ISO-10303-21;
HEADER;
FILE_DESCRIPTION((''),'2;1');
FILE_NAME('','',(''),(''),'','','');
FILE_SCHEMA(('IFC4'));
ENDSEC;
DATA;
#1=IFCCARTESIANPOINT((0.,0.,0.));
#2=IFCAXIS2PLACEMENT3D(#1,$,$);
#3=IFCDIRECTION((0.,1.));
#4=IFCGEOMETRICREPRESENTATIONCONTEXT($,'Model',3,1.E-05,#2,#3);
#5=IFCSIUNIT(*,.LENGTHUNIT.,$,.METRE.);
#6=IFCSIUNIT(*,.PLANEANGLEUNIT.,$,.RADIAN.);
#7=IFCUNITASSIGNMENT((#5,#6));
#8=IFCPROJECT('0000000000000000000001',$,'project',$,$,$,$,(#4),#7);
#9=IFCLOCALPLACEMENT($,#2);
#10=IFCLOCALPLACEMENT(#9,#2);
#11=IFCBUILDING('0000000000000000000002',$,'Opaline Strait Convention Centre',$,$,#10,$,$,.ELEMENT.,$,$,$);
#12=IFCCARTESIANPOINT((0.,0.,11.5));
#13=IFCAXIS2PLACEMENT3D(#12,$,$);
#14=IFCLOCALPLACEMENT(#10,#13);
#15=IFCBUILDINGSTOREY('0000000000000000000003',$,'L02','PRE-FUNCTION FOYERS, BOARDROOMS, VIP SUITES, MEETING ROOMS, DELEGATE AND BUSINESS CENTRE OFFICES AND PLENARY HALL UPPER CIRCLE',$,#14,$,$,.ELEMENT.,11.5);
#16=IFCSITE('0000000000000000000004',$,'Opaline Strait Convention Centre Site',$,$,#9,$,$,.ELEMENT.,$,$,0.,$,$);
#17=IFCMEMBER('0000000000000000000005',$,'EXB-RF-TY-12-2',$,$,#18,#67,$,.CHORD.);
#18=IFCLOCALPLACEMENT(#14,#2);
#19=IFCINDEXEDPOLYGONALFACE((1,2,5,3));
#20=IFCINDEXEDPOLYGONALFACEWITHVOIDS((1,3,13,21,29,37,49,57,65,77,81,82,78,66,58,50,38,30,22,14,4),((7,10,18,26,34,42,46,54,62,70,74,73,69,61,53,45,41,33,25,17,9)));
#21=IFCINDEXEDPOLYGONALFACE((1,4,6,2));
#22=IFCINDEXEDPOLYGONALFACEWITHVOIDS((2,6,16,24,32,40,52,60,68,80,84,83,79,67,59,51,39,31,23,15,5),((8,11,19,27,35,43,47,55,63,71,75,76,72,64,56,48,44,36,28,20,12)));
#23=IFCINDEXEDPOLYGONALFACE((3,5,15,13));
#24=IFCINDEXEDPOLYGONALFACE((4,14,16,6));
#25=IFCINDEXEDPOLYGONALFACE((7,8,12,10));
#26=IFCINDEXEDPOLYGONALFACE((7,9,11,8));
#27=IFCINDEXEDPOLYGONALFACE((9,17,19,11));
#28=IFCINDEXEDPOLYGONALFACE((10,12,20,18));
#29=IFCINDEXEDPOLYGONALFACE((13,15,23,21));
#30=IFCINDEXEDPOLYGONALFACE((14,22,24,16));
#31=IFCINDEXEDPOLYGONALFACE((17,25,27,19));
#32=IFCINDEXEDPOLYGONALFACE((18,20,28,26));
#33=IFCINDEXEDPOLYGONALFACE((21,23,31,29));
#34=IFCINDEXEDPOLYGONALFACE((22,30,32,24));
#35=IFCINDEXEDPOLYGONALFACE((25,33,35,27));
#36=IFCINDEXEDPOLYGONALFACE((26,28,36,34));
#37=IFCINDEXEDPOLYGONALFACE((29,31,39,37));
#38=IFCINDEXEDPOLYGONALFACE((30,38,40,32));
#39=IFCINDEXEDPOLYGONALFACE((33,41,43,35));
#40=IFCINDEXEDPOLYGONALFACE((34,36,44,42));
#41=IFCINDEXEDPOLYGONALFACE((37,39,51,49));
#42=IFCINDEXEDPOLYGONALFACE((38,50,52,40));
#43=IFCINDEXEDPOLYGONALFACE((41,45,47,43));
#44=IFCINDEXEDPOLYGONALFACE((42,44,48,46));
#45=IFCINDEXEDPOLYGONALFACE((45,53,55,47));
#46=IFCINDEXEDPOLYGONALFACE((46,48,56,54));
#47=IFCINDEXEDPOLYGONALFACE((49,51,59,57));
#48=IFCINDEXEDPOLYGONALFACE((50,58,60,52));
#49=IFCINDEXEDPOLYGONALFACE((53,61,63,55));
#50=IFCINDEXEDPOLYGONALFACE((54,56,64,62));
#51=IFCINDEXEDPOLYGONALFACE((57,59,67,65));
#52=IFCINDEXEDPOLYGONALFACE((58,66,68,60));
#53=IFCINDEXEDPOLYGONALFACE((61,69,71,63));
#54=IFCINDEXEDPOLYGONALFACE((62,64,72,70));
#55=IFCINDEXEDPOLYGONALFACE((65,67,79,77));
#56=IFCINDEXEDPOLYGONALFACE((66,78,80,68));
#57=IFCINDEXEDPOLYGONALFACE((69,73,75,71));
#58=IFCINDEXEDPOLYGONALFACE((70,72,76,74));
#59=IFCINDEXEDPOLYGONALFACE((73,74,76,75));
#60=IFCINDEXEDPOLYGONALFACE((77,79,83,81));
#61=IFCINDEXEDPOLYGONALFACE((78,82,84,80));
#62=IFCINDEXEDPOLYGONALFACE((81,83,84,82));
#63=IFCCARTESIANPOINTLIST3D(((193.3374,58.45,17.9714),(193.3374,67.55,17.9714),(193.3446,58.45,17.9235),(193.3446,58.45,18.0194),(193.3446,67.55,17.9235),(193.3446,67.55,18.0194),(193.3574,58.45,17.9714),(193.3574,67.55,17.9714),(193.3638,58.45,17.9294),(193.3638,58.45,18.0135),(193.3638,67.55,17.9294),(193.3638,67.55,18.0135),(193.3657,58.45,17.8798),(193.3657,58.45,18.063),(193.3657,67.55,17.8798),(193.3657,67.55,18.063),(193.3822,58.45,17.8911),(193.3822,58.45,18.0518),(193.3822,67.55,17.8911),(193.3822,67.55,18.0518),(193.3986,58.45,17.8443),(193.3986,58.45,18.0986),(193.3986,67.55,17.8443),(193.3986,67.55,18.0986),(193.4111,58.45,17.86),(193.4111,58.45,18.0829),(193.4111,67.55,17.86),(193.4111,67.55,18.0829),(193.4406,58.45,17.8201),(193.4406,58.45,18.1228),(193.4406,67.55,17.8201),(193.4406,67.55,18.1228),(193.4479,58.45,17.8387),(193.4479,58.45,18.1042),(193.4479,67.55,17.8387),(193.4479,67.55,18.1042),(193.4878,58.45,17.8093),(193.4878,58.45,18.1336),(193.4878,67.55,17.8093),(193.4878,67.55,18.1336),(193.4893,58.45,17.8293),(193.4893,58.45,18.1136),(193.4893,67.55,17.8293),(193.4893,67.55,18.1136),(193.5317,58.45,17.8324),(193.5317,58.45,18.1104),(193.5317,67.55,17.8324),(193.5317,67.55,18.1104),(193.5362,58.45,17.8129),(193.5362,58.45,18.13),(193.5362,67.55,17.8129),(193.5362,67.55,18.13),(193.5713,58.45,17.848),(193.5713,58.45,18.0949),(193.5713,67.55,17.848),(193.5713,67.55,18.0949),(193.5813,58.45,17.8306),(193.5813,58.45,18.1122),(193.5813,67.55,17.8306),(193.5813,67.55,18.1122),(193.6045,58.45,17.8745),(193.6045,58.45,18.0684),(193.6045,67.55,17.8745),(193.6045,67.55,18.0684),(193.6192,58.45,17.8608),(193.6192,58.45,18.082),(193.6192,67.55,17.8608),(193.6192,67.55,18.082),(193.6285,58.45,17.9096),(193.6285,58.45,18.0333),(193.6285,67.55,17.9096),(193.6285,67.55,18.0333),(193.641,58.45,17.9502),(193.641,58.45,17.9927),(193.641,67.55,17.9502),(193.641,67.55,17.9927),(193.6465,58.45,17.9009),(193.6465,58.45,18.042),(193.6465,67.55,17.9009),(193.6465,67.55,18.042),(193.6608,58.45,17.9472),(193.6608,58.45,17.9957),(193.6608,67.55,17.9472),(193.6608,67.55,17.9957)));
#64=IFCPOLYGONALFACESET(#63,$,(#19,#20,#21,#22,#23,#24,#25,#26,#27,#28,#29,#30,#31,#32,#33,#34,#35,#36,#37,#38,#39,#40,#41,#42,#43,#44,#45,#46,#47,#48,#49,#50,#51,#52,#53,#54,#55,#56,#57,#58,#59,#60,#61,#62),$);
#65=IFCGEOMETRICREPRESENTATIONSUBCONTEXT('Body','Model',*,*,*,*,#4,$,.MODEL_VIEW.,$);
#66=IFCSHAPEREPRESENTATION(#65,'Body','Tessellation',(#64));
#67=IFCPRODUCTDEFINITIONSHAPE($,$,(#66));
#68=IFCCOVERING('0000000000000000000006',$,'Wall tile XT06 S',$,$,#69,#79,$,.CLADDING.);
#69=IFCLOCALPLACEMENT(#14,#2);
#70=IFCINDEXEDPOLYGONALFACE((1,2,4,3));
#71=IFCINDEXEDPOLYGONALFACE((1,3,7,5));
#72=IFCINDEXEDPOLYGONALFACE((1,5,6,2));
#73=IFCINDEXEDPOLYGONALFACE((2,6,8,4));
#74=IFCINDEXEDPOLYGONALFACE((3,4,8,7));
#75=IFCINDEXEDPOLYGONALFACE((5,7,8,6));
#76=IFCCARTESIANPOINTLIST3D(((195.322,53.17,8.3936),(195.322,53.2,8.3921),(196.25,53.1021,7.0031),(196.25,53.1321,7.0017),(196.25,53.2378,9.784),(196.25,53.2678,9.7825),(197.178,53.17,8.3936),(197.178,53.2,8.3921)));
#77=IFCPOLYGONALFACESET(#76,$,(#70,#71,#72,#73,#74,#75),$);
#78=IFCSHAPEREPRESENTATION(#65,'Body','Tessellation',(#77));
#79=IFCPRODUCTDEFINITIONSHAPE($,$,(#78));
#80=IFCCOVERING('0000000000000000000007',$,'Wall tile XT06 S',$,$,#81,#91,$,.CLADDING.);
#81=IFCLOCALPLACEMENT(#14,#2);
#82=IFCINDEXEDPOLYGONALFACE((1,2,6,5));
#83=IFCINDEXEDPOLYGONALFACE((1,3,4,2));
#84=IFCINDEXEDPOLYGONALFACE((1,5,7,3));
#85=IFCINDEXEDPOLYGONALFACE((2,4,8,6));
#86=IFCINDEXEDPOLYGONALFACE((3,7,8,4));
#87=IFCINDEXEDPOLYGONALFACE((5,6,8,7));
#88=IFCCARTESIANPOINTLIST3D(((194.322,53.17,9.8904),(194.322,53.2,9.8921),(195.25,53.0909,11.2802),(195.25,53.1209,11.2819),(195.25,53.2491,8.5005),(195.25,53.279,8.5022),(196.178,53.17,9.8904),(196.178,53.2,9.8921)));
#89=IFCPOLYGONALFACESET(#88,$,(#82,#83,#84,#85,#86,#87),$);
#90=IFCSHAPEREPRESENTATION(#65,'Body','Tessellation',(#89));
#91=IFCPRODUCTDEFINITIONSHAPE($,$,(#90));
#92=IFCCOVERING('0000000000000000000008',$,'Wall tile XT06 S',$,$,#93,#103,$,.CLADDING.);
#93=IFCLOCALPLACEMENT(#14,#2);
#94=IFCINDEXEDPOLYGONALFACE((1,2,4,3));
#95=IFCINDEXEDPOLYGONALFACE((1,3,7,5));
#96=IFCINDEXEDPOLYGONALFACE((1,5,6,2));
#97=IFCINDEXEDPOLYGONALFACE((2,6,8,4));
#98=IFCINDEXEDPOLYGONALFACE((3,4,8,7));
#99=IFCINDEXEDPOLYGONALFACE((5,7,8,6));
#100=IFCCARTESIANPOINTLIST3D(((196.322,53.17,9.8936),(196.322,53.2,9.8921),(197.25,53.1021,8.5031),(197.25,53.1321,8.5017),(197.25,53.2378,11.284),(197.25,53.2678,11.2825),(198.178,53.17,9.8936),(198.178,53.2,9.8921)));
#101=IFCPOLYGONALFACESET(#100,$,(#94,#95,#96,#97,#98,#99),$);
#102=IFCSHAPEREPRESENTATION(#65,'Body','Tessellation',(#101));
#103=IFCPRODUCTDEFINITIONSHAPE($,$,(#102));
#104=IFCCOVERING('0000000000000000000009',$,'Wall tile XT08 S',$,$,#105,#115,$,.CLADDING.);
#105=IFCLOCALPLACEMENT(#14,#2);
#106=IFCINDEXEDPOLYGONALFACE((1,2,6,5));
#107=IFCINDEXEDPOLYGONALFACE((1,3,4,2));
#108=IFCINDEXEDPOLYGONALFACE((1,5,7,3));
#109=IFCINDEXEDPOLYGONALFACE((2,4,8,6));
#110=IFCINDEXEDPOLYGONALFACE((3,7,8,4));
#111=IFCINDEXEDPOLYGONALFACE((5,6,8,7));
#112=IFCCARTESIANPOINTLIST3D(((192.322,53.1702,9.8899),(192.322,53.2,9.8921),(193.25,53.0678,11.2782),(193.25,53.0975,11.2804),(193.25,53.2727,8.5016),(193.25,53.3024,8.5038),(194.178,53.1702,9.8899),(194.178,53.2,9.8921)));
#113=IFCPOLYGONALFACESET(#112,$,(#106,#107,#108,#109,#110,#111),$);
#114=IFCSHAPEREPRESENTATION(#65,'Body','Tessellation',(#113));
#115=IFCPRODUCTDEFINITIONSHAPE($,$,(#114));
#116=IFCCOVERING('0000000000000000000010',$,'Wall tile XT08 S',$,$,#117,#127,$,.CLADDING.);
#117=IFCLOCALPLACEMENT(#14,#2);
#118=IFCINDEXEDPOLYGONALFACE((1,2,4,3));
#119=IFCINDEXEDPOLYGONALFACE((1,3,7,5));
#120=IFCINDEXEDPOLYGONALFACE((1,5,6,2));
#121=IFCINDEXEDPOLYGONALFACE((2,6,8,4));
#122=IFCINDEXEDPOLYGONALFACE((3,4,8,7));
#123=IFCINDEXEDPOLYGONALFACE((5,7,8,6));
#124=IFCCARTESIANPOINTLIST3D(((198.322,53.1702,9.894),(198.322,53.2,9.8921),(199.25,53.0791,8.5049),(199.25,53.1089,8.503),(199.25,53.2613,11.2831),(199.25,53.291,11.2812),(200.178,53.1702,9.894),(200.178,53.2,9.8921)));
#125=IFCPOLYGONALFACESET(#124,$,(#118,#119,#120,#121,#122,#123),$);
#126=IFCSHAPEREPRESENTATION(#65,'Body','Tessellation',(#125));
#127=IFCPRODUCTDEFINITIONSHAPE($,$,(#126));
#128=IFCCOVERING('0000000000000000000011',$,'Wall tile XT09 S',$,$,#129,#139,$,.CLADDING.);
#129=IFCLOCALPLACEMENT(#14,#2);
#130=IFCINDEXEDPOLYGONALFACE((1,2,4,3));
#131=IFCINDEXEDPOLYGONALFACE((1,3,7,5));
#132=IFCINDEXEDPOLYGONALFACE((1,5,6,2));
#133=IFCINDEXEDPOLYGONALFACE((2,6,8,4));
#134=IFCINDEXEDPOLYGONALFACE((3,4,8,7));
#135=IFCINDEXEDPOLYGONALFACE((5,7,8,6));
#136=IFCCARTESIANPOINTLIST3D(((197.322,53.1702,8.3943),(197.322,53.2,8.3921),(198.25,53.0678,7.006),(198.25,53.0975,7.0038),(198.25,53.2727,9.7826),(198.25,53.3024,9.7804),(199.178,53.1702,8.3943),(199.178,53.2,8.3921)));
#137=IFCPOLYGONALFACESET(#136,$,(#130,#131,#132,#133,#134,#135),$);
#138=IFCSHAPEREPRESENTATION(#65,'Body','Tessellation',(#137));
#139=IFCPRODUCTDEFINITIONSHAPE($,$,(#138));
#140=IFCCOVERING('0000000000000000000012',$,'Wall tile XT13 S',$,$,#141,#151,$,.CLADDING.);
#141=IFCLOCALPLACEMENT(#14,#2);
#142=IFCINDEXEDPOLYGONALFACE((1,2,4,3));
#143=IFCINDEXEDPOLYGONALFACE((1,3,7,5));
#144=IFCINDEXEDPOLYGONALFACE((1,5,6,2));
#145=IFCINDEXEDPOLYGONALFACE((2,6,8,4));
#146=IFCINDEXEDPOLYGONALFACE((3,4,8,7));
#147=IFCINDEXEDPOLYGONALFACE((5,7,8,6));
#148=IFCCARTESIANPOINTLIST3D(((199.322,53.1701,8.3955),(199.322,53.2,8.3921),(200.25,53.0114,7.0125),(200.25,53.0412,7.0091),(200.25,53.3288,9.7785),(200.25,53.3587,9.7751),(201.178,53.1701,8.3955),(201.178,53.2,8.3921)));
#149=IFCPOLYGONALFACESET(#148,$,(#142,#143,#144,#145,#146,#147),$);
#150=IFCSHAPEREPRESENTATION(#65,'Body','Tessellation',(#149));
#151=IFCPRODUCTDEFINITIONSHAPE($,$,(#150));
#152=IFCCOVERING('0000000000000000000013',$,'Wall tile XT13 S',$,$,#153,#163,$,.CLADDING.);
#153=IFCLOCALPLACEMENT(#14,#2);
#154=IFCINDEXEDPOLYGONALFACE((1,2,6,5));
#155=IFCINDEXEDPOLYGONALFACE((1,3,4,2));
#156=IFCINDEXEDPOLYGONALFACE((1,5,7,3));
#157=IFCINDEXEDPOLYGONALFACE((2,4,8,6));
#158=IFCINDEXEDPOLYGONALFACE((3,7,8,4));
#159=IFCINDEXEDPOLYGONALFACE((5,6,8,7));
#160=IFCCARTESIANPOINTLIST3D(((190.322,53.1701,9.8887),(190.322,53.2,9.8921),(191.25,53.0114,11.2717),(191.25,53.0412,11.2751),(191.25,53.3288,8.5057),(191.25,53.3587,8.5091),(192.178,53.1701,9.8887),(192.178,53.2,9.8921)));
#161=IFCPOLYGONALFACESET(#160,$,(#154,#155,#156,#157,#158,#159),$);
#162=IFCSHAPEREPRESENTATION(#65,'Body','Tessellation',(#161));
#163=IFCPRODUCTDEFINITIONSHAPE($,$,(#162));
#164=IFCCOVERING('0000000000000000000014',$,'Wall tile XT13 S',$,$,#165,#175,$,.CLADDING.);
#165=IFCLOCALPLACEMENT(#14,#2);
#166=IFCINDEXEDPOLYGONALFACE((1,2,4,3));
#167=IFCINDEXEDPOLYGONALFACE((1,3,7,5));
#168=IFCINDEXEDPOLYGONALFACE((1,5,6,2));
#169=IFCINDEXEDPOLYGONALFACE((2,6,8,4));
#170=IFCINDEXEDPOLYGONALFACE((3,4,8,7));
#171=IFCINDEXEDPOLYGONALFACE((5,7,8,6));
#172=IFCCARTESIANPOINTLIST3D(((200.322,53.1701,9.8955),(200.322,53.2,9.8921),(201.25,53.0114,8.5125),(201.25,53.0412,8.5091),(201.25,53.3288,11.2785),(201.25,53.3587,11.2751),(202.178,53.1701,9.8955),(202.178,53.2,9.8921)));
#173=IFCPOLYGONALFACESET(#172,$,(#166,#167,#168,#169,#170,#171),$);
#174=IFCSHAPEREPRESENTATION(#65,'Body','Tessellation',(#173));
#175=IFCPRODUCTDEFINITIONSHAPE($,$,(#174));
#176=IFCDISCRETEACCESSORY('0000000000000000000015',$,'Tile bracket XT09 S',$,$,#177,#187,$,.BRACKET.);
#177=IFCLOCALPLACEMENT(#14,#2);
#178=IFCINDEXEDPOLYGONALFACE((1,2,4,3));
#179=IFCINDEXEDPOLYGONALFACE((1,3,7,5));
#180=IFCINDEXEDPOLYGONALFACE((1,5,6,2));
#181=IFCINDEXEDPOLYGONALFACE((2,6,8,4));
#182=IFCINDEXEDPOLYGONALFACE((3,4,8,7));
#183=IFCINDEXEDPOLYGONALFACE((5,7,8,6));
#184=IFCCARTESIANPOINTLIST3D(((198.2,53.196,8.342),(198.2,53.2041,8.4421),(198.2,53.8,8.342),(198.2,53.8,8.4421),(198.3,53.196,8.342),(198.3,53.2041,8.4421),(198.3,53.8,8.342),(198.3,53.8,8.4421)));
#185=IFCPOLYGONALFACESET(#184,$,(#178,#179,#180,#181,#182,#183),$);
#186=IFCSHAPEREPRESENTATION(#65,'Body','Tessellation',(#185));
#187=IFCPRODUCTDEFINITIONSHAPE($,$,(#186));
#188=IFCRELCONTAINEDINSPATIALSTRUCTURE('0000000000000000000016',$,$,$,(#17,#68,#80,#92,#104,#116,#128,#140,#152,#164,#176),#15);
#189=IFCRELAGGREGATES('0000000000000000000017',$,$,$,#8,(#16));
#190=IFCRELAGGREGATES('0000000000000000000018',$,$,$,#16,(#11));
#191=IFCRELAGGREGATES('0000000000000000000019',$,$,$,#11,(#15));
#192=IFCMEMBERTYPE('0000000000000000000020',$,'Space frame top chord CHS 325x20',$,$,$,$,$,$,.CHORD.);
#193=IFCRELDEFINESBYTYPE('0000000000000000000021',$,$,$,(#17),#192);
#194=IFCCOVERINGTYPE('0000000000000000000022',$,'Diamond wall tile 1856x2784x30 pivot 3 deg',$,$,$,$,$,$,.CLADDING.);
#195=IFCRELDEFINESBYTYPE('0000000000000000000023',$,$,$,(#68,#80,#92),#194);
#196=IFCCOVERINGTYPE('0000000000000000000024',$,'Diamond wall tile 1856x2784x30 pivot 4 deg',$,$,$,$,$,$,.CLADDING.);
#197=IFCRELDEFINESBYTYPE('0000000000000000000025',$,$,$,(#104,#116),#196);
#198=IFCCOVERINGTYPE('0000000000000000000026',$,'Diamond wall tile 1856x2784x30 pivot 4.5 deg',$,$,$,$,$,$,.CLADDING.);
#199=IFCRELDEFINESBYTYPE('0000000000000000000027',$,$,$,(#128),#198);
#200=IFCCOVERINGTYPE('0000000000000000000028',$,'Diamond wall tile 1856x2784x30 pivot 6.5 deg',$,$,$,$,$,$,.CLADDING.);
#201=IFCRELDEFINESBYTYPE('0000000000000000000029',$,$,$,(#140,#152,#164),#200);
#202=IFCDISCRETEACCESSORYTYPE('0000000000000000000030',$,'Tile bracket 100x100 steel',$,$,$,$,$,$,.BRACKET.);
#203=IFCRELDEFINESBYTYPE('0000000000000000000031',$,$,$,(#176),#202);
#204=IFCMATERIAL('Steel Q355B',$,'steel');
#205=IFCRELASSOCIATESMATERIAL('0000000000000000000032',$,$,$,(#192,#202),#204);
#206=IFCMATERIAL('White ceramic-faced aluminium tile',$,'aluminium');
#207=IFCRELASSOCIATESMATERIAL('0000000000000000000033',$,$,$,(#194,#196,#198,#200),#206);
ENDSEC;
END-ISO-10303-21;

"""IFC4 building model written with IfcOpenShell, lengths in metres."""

from ifc_helpers import new_model, si_unit, direction, frame, origin, origin_2d, place, context, subcontext, project, spatial, polyline, hollow_circle, outline, extrude, material, material_profile, profile_set, type_object, element, save


model = new_model("IFC4")

# Units and contexts
model_context = context("Model", 3, precision=1e-05, world=origin(), true_north=direction((0.0, 1.0)))
body_context = subcontext(model_context, "Body", "Model", "MODEL_VIEW")
ifc_project = project(units=[si_unit("LENGTHUNIT", "METRE"), si_unit("PLANEANGLEUNIT", "RADIAN")], contexts=[model_context])

# Site, building, storey
site_placement = place(None, origin())
site = spatial("IfcSite", under=ifc_project, at=site_placement, Name="Opaline Strait Convention Centre Site", CompositionType="ELEMENT", RefElevation=0.0)
building_placement = place(site_placement, origin())
building = spatial("IfcBuilding", under=site, at=building_placement, Name="Opaline Strait Convention Centre", CompositionType="ELEMENT")
storey_placement = place(building_placement, frame((0.0, 0.0, 11.5)))
storey = spatial("IfcBuildingStorey", under=building, at=storey_placement, Name="L02", Description="PRE-FUNCTION FOYERS, BOARDROOMS, VIP SUITES, MEETING ROOMS, DELEGATE AND BUSINESS CENTRE OFFICES AND PLENARY HALL UPPER CIRCLE", CompositionType="ELEMENT", Elevation=11.5)

# Member
ifc_material_1 = material(Name="Steel Q355B", Category="steel")
ifc_material_profile_1 = material_profile(ifc_material_1, hollow_circle(Radius=0.1626, WallThickness=0.02, at=origin_2d()), Name="CHS 325x20")
ifc_profile_set_1 = profile_set([ifc_material_profile_1], Name="Steel Q355B")
member_type_1 = type_object("IfcMemberType", Name="Space frame top chord CHS 325x20", PredefinedType="CHORD", material=ifc_profile_set_1)
member_placement = place(storey_placement, frame((193.5, 58.45, 17.9714), z_axis=(0.0, 1.0, 0.0), x_axis=(-1.0, 0.0, 0.0)))
element("IfcMember", 1, at=member_placement, inside=storey, type_object=member_type_1, Name="EXB-RF-TY-12-2", PredefinedType="CHORD", context=body_context, shape_type="SweptSolid", body=[
    extrude(hollow_circle(Radius=0.1626, WallThickness=0.02, at=origin_2d()), origin(), (0.0, 0.0, 1.0), 9.1001),
])

# Coverings
ifc_material_2 = material(Name="White ceramic-faced aluminium tile", Category="aluminium")
ifc_material_profile_2 = material_profile(ifc_material_2, outline(polyline([(0.928, 0.0), (0.0, 1.3921), (-0.928, 0.0), (0.0, -1.3921), (0.928, 0.0)])), Name="Diamond tile 1856x2784")
ifc_profile_set_2 = profile_set([ifc_material_profile_2], Name="White ceramic-faced aluminium tile")
covering_type_1 = type_object("IfcCoveringType", Name="Diamond wall tile 1856x2784x30 pivot 3 deg", PredefinedType="CLADDING", material=ifc_profile_set_2)
for number, where, z_axis, x_axis, name in (
    (2, (196.25, 53.2, 8.3921), (0.0, -0.998812, 0.048723), (1.0, 0.0, 0.0), "Wall tile XT06 S"),
    (3, (195.25, 53.2, 9.8921), (0.0, -0.998385, -0.056819), (1.0, 0.0, 0.0), "Wall tile XT06 S"),
    (4, (197.25, 53.2, 9.8921), (0.0, -0.998812, 0.048723), (1.0, 0.0, 0.0), "Wall tile XT06 S"),
):
    element("IfcCovering", number, at=place(storey_placement, frame(where, z_axis=z_axis, x_axis=x_axis)), inside=storey, type_object=covering_type_1, Name=name, PredefinedType="CLADDING", context=body_context, shape_type="SweptSolid", body=[
        extrude(outline(polyline([(0.928, 0.0), (0.0, 1.3921), (-0.928, 0.0), (0.0, -1.3921), (0.928, 0.0)])), origin(), (0.0, 0.0, 1.0), 0.03),
    ])
ifc_material_profile_3 = material_profile(ifc_material_2, outline(polyline([(0.928, 0.0), (0.0, 1.3921), (-0.928, 0.0), (0.0, -1.3921), (0.928, 0.0)])), Name="Diamond tile 1856x2784")
ifc_profile_set_3 = profile_set([ifc_material_profile_3], Name="White ceramic-faced aluminium tile")
covering_type_2 = type_object("IfcCoveringType", Name="Diamond wall tile 1856x2784x30 pivot 4 deg", PredefinedType="CLADDING", material=ifc_profile_set_3)
for number, where, z_axis, x_axis, name in (
    (5, (193.25, 53.2, 9.8921), (0.0, -0.99729, -0.073571), (1.0, 0.0, 0.0), "Wall tile XT08 S"),
    (6, (199.25, 53.2, 9.8921), (0.0, -0.997857, 0.065433), (1.0, 0.0, 0.0), "Wall tile XT08 S"),
):
    element("IfcCovering", number, at=place(storey_placement, frame(where, z_axis=z_axis, x_axis=x_axis)), inside=storey, type_object=covering_type_2, Name=name, PredefinedType="CLADDING", context=body_context, shape_type="SweptSolid", body=[
        extrude(outline(polyline([(0.928, 0.0), (0.0, 1.3921), (-0.928, 0.0), (0.0, -1.3921), (0.928, 0.0)])), origin(), (0.0, 0.0, 1.0), 0.0298),
    ])
ifc_material_profile_4 = material_profile(ifc_material_2, outline(polyline([(0.928, 0.0), (0.0, 1.3921), (-0.928, 0.0), (0.0, -1.3921), (0.928, 0.0)])), Name="Diamond tile 1856x2784")
ifc_profile_set_4 = profile_set([ifc_material_profile_4], Name="White ceramic-faced aluminium tile")
covering_type_3 = type_object("IfcCoveringType", Name="Diamond wall tile 1856x2784x30 pivot 4.5 deg", PredefinedType="CLADDING", material=ifc_profile_set_4)
covering_placement = place(storey_placement, frame((198.25, 53.2, 8.3921), z_axis=(0.0, -0.99729, 0.073571), x_axis=(1.0, 0.0, 0.0)))
element("IfcCovering", 7, at=covering_placement, inside=storey, type_object=covering_type_3, Name="Wall tile XT09 S", PredefinedType="CLADDING", context=body_context, shape_type="SweptSolid", body=[
    extrude(outline(polyline([(0.928, 0.0), (0.0, 1.3921), (-0.928, 0.0), (0.0, -1.3921), (0.928, 0.0)])), origin(), (0.0, 0.0, 1.0), 0.0298),
])
ifc_material_profile_5 = material_profile(ifc_material_2, outline(polyline([(0.928, 0.0), (0.0, 1.3921), (-0.928, 0.0), (0.0, -1.3921), (0.928, 0.0)])), Name="Diamond tile 1856x2784")
ifc_profile_set_5 = profile_set([ifc_material_profile_5], Name="White ceramic-faced aluminium tile")
covering_type_4 = type_object("IfcCoveringType", Name="Diamond wall tile 1856x2784x30 pivot 6.5 deg", PredefinedType="CLADDING", material=ifc_profile_set_5)
for number, where, z_axis, x_axis, name in (
    (8, (200.25, 53.2, 8.3921), (0.0, -0.99348, 0.114006), (1.0, 0.0, 0.0), "Wall tile XT13 S"),
    (9, (191.25, 53.2, 9.8921), (0.0, -0.99348, -0.114006), (1.0, 0.0, 0.0), "Wall tile XT13 S"),
    (10, (201.25, 53.2, 9.8921), (0.0, -0.99348, 0.114006), (1.0, 0.0, 0.0), "Wall tile XT13 S"),
):
    element("IfcCovering", number, at=place(storey_placement, frame(where, z_axis=z_axis, x_axis=x_axis)), inside=storey, type_object=covering_type_4, Name=name, PredefinedType="CLADDING", context=body_context, shape_type="SweptSolid", body=[
        extrude(outline(polyline([(0.928, 0.0), (0.0, 1.3921), (-0.928, 0.0), (0.0, -1.3921), (0.928, 0.0)])), origin(), (0.0, 0.0, 1.0), 0.03),
    ])

# Discrete accessory
discrete_accessory_type = type_object("IfcDiscreteAccessoryType", Name="Tile bracket 100x100 steel", PredefinedType="BRACKET", material=ifc_material_1)
discrete_accessory_1_placement = place(storey_placement, frame((198.2, 53.8, 8.3921), z_axis=(1.0, 0.0, 0.0), x_axis=(0.0, 1.0, 0.0)))
element("IfcDiscreteAccessory", 11, at=discrete_accessory_1_placement, inside=storey, type_object=discrete_accessory_type, Name="Tile bracket XT09 S", PredefinedType="BRACKET", context=body_context, shape_type="SweptSolid", body=[
    extrude(outline(polyline([(0.0, -0.05), (0.0, 0.05), (-0.5959, 0.05), (-0.604, -0.05), (0.0, -0.05)])), origin(), (0.0, 0.0, 1.0), 0.1001),
])

save(model, "model.ifc")
